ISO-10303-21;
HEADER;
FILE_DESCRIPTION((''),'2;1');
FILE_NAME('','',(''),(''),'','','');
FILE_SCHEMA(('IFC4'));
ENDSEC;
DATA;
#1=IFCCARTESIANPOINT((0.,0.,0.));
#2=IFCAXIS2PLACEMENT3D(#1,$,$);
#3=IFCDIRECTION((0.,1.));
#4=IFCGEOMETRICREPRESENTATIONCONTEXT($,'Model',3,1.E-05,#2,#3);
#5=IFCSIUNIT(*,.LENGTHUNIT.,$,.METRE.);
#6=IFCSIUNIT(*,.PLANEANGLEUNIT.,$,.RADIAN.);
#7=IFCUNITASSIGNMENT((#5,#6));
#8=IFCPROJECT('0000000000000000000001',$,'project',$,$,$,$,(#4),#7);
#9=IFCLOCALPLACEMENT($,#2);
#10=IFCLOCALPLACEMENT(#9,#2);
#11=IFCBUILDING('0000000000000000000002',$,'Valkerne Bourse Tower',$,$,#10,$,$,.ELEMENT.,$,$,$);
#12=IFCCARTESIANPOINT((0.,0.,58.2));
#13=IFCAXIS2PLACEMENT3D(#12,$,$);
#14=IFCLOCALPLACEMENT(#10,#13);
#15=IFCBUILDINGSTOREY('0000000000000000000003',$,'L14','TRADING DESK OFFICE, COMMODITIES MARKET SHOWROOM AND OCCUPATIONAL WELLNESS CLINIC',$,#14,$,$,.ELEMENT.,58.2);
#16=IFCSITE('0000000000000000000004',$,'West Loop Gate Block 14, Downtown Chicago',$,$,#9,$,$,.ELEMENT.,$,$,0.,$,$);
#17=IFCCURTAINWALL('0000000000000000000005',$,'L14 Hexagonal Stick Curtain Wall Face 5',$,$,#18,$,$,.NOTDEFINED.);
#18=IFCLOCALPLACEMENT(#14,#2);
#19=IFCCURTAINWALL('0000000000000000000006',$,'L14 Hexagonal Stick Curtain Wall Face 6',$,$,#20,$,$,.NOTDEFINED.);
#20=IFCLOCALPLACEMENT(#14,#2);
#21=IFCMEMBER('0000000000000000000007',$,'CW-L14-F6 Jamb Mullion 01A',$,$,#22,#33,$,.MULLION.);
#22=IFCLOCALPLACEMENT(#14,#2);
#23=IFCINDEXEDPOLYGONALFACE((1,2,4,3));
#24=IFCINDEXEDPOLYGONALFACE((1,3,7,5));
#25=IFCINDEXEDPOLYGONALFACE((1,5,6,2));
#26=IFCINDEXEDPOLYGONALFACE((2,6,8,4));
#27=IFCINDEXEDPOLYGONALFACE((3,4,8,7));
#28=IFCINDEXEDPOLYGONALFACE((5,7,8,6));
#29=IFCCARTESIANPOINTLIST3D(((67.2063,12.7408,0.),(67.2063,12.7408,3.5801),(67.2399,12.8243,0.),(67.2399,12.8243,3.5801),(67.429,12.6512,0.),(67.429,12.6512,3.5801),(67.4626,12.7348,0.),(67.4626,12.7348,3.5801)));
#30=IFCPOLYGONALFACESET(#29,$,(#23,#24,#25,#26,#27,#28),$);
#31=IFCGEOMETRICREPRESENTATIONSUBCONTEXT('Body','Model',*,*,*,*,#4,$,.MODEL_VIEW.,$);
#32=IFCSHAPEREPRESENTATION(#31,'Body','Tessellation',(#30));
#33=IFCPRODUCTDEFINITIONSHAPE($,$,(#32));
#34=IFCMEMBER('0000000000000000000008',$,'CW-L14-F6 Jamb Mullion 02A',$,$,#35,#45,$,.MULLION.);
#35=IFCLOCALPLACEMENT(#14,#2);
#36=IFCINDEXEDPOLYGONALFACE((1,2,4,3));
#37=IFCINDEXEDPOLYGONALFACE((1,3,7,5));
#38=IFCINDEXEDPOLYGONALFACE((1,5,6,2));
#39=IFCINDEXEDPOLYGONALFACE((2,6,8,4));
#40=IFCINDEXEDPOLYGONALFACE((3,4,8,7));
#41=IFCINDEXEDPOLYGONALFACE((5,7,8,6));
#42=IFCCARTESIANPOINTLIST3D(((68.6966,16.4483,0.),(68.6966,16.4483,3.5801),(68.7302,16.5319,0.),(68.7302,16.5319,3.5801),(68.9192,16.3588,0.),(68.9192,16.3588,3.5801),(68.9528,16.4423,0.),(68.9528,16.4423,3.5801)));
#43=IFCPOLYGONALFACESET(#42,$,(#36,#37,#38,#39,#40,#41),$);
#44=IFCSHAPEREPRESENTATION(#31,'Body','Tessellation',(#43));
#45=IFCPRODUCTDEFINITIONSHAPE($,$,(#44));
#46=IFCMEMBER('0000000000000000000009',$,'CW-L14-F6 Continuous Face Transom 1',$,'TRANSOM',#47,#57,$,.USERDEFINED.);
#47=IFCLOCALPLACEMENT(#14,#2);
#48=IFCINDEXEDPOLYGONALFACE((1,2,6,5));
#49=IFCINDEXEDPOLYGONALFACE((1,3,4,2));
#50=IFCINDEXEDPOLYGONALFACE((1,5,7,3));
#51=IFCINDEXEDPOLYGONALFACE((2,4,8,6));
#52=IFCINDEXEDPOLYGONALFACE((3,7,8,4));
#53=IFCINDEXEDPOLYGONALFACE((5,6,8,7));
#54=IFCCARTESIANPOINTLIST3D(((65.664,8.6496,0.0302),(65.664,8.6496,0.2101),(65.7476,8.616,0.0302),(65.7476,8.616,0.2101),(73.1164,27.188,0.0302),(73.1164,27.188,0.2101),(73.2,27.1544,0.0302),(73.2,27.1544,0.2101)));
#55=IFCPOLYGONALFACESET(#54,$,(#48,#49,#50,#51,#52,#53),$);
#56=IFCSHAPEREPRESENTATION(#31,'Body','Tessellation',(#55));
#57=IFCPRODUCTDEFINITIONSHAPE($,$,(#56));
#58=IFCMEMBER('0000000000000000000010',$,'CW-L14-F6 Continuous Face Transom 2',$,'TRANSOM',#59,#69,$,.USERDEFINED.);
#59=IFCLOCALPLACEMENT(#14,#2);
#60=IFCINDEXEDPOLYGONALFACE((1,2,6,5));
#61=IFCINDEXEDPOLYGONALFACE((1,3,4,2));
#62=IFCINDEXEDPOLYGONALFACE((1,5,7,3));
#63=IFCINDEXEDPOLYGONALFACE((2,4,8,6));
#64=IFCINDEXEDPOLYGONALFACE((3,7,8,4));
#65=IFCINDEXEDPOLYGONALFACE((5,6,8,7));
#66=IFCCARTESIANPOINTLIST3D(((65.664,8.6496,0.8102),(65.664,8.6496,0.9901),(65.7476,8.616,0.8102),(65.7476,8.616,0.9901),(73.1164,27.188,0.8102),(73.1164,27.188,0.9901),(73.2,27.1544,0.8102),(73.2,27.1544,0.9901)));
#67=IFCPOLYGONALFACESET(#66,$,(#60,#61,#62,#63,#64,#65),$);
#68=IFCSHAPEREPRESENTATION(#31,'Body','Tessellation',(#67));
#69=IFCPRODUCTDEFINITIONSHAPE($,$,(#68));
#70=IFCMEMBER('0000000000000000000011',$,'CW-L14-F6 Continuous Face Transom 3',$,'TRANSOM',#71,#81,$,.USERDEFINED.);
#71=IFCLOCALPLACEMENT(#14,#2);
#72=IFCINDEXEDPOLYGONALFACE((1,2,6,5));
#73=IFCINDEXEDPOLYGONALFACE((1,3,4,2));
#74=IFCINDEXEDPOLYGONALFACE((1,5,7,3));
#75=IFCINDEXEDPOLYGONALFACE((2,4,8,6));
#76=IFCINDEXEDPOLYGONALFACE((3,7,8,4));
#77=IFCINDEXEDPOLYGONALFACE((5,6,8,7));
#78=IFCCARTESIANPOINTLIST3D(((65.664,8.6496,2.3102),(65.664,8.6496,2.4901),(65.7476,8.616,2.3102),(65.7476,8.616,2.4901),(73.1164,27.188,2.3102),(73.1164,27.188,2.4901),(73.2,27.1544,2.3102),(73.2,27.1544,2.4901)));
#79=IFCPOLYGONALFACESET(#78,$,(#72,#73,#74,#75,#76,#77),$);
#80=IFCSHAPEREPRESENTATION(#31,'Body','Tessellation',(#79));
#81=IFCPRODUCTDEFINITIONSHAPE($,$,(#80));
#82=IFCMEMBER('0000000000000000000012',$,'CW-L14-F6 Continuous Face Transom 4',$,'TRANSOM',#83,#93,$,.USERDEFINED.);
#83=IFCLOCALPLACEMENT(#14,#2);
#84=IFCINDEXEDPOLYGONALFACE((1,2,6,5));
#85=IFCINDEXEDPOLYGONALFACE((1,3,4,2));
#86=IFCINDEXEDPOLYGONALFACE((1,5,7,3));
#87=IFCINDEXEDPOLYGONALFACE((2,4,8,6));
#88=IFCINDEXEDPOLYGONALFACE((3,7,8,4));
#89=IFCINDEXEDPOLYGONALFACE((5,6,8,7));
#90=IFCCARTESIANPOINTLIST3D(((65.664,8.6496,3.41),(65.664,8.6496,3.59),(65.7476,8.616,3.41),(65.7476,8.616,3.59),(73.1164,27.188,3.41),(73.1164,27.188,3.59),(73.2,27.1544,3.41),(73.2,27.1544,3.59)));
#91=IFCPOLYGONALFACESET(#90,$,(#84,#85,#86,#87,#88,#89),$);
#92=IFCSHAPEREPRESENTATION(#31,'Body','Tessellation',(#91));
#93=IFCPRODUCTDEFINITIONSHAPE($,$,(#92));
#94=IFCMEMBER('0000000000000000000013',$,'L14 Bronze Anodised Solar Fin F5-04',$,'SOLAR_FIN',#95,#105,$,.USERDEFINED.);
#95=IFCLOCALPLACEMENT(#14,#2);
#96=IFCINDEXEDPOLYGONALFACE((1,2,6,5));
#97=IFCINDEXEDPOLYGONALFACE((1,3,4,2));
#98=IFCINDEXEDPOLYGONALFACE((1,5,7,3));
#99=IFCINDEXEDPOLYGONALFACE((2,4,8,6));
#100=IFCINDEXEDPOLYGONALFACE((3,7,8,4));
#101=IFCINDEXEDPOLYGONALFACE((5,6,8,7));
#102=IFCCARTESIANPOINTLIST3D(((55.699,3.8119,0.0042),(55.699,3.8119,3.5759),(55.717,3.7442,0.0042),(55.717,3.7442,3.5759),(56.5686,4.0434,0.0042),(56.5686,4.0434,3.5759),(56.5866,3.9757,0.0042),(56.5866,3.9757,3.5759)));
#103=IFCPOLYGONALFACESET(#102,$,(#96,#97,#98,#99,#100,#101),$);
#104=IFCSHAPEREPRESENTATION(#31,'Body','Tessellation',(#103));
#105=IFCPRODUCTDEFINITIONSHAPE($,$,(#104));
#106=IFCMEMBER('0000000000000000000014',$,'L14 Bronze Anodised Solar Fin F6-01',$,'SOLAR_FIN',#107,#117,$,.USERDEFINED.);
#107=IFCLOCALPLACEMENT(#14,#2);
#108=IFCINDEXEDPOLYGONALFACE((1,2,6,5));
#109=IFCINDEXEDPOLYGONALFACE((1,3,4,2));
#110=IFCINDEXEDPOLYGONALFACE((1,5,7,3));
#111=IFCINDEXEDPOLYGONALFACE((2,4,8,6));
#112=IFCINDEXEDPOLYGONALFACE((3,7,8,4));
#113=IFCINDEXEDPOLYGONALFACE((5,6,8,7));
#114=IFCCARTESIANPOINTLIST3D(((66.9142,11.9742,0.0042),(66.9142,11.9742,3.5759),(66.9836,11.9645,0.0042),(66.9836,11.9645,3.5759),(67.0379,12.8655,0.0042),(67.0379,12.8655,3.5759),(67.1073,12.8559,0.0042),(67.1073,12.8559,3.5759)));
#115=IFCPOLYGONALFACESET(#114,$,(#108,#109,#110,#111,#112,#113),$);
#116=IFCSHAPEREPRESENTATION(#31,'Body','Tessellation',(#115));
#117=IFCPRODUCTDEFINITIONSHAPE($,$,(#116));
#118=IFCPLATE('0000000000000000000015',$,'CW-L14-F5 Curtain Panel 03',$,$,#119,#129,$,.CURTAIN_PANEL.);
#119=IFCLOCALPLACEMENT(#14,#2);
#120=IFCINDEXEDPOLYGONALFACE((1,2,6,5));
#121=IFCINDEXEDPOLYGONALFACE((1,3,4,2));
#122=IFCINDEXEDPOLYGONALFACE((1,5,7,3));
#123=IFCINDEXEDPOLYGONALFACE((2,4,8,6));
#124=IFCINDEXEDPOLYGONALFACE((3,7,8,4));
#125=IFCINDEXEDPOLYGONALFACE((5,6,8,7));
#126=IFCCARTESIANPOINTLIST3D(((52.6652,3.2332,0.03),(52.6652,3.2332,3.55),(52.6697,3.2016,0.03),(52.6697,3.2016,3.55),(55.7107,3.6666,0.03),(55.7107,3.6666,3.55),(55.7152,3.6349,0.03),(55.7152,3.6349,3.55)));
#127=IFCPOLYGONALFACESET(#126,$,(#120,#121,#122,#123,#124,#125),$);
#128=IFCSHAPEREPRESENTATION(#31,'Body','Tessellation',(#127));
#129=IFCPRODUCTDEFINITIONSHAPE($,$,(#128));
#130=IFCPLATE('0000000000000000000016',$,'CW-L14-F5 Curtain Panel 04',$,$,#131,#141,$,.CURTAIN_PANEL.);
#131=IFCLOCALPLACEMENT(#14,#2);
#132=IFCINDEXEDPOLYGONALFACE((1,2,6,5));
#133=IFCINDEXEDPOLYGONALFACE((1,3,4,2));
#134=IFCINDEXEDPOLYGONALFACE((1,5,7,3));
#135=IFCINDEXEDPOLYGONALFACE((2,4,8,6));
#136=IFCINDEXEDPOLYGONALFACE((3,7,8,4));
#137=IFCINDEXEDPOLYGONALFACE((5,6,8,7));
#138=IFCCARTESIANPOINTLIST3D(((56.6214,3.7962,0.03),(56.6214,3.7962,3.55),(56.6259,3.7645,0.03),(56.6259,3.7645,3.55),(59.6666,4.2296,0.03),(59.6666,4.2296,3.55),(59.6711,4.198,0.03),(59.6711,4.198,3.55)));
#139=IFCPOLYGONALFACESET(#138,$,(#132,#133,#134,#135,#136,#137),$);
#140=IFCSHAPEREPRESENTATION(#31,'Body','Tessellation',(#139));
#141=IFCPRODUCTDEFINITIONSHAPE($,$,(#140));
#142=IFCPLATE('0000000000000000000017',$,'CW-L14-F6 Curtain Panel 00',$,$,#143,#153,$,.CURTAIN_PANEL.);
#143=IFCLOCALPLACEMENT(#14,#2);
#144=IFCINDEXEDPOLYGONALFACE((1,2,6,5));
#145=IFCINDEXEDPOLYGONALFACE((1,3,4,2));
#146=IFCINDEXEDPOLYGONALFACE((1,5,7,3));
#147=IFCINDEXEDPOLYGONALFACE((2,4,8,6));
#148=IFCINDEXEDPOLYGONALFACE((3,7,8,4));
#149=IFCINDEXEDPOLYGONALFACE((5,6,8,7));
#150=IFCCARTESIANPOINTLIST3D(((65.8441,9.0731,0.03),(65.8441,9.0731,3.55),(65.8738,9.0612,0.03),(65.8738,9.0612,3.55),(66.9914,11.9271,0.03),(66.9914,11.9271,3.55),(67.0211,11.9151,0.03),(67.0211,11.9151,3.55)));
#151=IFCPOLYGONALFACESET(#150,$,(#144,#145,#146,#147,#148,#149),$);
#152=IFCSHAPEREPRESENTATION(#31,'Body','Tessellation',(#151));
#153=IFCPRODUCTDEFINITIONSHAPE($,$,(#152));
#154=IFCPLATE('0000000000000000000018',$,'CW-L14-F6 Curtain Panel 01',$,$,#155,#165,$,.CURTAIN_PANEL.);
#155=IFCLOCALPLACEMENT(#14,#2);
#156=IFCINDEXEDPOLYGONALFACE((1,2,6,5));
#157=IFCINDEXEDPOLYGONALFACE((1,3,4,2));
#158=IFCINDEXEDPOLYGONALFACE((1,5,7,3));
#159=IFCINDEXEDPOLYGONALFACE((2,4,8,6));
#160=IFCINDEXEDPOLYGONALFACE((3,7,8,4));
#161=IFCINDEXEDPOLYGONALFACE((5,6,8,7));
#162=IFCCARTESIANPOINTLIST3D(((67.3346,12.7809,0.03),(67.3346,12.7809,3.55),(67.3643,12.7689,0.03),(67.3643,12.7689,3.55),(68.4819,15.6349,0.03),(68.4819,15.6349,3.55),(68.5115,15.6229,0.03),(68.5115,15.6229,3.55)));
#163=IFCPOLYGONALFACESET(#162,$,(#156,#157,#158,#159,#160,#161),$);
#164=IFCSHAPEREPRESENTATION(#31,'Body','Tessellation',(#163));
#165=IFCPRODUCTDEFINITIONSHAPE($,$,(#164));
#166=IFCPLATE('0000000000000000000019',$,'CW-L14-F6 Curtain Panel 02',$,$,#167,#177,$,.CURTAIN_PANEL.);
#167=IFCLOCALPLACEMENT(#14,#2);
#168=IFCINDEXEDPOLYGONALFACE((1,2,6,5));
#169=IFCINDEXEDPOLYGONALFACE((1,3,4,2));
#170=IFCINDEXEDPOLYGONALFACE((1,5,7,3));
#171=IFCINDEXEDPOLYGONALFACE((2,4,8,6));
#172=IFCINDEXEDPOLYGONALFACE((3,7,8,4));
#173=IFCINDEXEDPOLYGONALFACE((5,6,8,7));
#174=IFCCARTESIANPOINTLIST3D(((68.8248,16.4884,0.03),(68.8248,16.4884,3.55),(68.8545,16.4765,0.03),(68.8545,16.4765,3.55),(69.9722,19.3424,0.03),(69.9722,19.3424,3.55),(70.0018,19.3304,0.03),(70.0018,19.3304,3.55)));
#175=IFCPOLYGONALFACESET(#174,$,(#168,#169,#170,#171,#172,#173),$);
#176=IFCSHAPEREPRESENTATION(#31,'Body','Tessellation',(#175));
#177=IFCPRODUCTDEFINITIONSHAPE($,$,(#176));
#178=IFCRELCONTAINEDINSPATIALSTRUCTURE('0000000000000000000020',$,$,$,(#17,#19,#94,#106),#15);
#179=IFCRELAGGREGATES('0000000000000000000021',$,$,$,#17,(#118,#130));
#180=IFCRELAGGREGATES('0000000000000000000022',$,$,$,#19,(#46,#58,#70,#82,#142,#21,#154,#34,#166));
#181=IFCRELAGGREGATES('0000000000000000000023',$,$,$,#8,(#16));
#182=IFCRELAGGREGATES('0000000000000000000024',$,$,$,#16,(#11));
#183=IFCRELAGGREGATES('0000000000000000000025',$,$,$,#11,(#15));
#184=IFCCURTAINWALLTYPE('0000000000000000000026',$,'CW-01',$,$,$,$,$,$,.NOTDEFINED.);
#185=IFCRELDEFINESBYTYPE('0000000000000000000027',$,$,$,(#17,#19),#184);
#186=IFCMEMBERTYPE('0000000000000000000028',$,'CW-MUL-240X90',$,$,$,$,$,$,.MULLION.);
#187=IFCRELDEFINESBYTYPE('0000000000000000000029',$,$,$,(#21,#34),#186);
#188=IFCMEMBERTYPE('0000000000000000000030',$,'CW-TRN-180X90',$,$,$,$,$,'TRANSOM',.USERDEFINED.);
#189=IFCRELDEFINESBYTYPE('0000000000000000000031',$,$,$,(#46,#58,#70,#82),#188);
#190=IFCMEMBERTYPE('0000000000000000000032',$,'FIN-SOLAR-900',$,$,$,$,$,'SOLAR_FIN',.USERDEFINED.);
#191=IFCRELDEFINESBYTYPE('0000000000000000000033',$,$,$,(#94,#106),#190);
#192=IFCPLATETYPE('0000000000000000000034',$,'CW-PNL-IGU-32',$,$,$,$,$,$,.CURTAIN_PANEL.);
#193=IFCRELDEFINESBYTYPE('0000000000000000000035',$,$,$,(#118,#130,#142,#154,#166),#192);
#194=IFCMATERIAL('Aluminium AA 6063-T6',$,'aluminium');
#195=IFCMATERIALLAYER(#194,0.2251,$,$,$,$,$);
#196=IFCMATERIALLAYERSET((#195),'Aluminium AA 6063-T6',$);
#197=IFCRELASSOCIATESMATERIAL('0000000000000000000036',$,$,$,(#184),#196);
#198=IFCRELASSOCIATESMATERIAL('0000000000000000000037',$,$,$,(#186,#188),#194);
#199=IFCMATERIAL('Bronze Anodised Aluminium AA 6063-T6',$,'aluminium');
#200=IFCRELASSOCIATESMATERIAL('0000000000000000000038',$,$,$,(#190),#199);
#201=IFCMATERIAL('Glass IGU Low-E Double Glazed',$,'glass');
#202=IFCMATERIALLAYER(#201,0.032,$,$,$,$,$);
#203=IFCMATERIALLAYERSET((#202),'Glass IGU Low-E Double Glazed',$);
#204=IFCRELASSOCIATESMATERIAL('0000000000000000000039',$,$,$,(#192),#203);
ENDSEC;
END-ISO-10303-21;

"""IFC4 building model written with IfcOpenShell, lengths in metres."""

from ifc_helpers import new_model, si_unit, direction, frame, origin, origin_2d, place, context, subcontext, project, spatial, rectangle, extrude, material, layer, layer_set, material_profile, profile_set, type_object, element, aggregate, save


model = new_model("IFC4")

# Units and contexts
model_context = context("Model", 3, precision=1e-05, world=origin(), true_north=direction((0.0, 1.0)))
body_context = subcontext(model_context, "Body", "Model", "MODEL_VIEW")
ifc_project = project(units=[si_unit("LENGTHUNIT", "METRE"), si_unit("PLANEANGLEUNIT", "RADIAN")], contexts=[model_context])

# Site, building, storey
site_placement = place(None, origin())
site = spatial("IfcSite", under=ifc_project, at=site_placement, Name="West Loop Gate Block 14, Downtown Chicago", CompositionType="ELEMENT", RefElevation=0.0)
building_placement = place(site_placement, origin())
building = spatial("IfcBuilding", under=site, at=building_placement, Name="Valkerne Bourse Tower", CompositionType="ELEMENT")
storey_placement = place(building_placement, frame((0.0, 0.0, 58.2)))
storey = spatial("IfcBuildingStorey", under=building, at=storey_placement, Name="L14", Description="TRADING DESK OFFICE, COMMODITIES MARKET SHOWROOM AND OCCUPATIONAL WELLNESS CLINIC", CompositionType="ELEMENT", Elevation=58.2)

# Curtain walls, members
ifc_material_1 = material(Name="Aluminium AA 6063-T6", Category="aluminium")
ifc_layer_1 = layer(ifc_material_1, 0.2251)
ifc_layer_set_1 = layer_set([ifc_layer_1], Name="Aluminium AA 6063-T6")
curtain_wall_type = type_object("IfcCurtainWallType", Name="CW-01", PredefinedType="NOTDEFINED", material=ifc_layer_set_1)
curtain_wall_1_placement = place(storey_placement, origin())
curtain_wall_1 = element("IfcCurtainWall", 1, at=curtain_wall_1_placement, inside=storey, type_object=curtain_wall_type, Name="L14 Hexagonal Stick Curtain Wall Face 5", PredefinedType="NOTDEFINED")
ifc_material_profile_1 = material_profile(ifc_material_1, rectangle(XDim=0.0901, YDim=0.24, at=origin_2d()), Name="CWM-90X240")
ifc_profile_set_1 = profile_set([ifc_material_profile_1], Name="Aluminium AA 6063-T6")
member_type_1 = type_object("IfcMemberType", Name="CW-MUL-240X90", PredefinedType="MULLION", material=ifc_profile_set_1)
curtain_wall_2_placement = place(storey_placement, origin())
curtain_wall_2 = element("IfcCurtainWall", 2, at=curtain_wall_2_placement, inside=storey, type_object=curtain_wall_type, Name="L14 Hexagonal Stick Curtain Wall Face 6", PredefinedType="NOTDEFINED")
member_1_placement = place(storey_placement, frame((67.3345, 12.7378, 0.0), z_axis=(0.0, 0.0, 1.0), x_axis=(0.372969, 0.927844, 0.0)))
member_1 = element("IfcMember", 3, at=member_1_placement, type_object=member_type_1, Name="CW-L14-F6 Jamb Mullion 01A", PredefinedType="MULLION", context=body_context, shape_type="SweptSolid", body=[
    extrude(rectangle(XDim=0.0901, YDim=0.24, at=origin_2d()), origin(), (0.0, 0.0, 1.0), 3.5801),
])
member_2_placement = place(storey_placement, frame((68.8247, 16.4453, 0.0), z_axis=(0.0, 0.0, 1.0), x_axis=(0.372999, 0.927832, 0.0)))
member_2 = element("IfcMember", 4, at=member_2_placement, type_object=member_type_1, Name="CW-L14-F6 Jamb Mullion 02A", PredefinedType="MULLION", context=body_context, shape_type="SweptSolid", body=[
    extrude(rectangle(XDim=0.0901, YDim=0.24, at=origin_2d()), origin(), (0.0, 0.0, 1.0), 3.5801),
])
ifc_material_profile_2 = material_profile(ifc_material_1, rectangle(XDim=0.0901, YDim=0.1799, at=origin_2d()), Name="CWT-90X180")
ifc_profile_set_2 = profile_set([ifc_material_profile_2], Name="Aluminium AA 6063-T6")
member_type_2 = type_object("IfcMemberType", Name="CW-TRN-180X90", ElementType="TRANSOM", PredefinedType="USERDEFINED", material=ifc_profile_set_2)
member_3_placement = place(storey_placement, frame((65.7058, 8.6328, 0.1201), z_axis=(0.372989, 0.927836, 0.0), x_axis=(-0.927836, 0.372989, 0.0)))
member_3 = element("IfcMember", 5, at=member_3_placement, type_object=member_type_2, Name="CW-L14-F6 Continuous Face Transom 1", ObjectType="TRANSOM", PredefinedType="USERDEFINED", context=body_context, shape_type="SweptSolid", body=[
    extrude(rectangle(XDim=0.0901, YDim=0.1799, at=origin_2d()), origin(), (0.0, 0.0, 1.0), 19.9802),
])
member_4_placement = place(storey_placement, frame((65.7058, 8.6328, 0.9001), z_axis=(0.372989, 0.927836, 0.0), x_axis=(-0.927836, 0.372989, 0.0)))
member_4 = element("IfcMember", 6, at=member_4_placement, type_object=member_type_2, Name="CW-L14-F6 Continuous Face Transom 2", ObjectType="TRANSOM", PredefinedType="USERDEFINED", context=body_context, shape_type="SweptSolid", body=[
    extrude(rectangle(XDim=0.0901, YDim=0.1799, at=origin_2d()), origin(), (0.0, 0.0, 1.0), 19.9802),
])
member_5_placement = place(storey_placement, frame((65.7058, 8.6328, 2.4001), z_axis=(0.372989, 0.927836, 0.0), x_axis=(-0.927836, 0.372989, 0.0)))
member_5 = element("IfcMember", 7, at=member_5_placement, type_object=member_type_2, Name="CW-L14-F6 Continuous Face Transom 3", ObjectType="TRANSOM", PredefinedType="USERDEFINED", context=body_context, shape_type="SweptSolid", body=[
    extrude(rectangle(XDim=0.0901, YDim=0.1799, at=origin_2d()), origin(), (0.0, 0.0, 1.0), 19.9802),
])
member_6_placement = place(storey_placement, frame((65.7058, 8.6328, 3.5), z_axis=(0.372989, 0.927836, 0.0), x_axis=(-0.927836, 0.372989, 0.0)))
member_6 = element("IfcMember", 8, at=member_6_placement, type_object=member_type_2, Name="CW-L14-F6 Continuous Face Transom 4", ObjectType="TRANSOM", PredefinedType="USERDEFINED", context=body_context, shape_type="SweptSolid", body=[
    extrude(rectangle(XDim=0.0901, YDim=0.1799, at=origin_2d()), origin(), (0.0, 0.0, 1.0), 19.9802),
])

# Members
ifc_material_2 = material(Name="Bronze Anodised Aluminium AA 6063-T6", Category="aluminium")
ifc_material_profile_3 = material_profile(ifc_material_2, rectangle(XDim=0.0701, YDim=0.8999, at=origin_2d()), Name="FIN-70X900")
ifc_profile_set_3 = profile_set([ifc_material_profile_3], Name="Bronze Anodised Aluminium AA 6063-T6")
member_type_3 = type_object("IfcMemberType", Name="FIN-SOLAR-900", ElementType="SOLAR_FIN", PredefinedType="USERDEFINED", material=ifc_profile_set_3)
for number, where, z_axis, x_axis, name in (
    (9, (56.1428, 3.8938, 0.0042), (0.0, 0.0, 1.0), (0.257298, -0.966332, 0.0), "L14 Bronze Anodised Solar Fin F5-04"),
    (10, (67.0107, 12.415, 0.0042), (0.0, 0.0, 1.0), (0.990508, -0.137455, 0.0), "L14 Bronze Anodised Solar Fin F6-01"),
):
    element("IfcMember", number, at=place(storey_placement, frame(where, z_axis=z_axis, x_axis=x_axis)), inside=storey, type_object=member_type_3, Name=name, ObjectType="SOLAR_FIN", PredefinedType="USERDEFINED", context=body_context, shape_type="SweptSolid", body=[
        extrude(rectangle(XDim=0.0701, YDim=0.8999, at=origin_2d()), origin(), (0.0, 0.0, 1.0), 3.5718),
    ])

# Plates
ifc_material_3 = material(Name="Glass IGU Low-E Double Glazed", Category="glass")
ifc_layer_2 = layer(ifc_material_3, 0.032)
ifc_layer_set_2 = layer_set([ifc_layer_2], Name="Glass IGU Low-E Double Glazed")
plate_type = type_object("IfcPlateType", Name="CW-PNL-IGU-32", PredefinedType="CURTAIN_PANEL", material=ifc_layer_set_2)
plate_1_placement = place(storey_placement, frame((54.1902, 3.4341, 0.03), z_axis=(0.0, 0.0, 1.0), x_axis=(0.990025, 0.140889, 0.0)))
plate_1 = element("IfcPlate", 11, at=plate_1_placement, type_object=plate_type, Name="CW-L14-F5 Curtain Panel 03", PredefinedType="CURTAIN_PANEL", context=body_context, shape_type="SweptSolid", body=[
    extrude(rectangle(XDim=3.0762, YDim=0.032, at=origin_2d()), origin(), (0.0, 0.0, 1.0), 3.52),
])
plate_2_placement = place(storey_placement, frame((58.1462, 3.9971, 0.03), z_axis=(0.0, 0.0, 1.0), x_axis=(0.990021, 0.140917, 0.0)))
plate_2 = element("IfcPlate", 12, at=plate_2_placement, type_object=plate_type, Name="CW-L14-F5 Curtain Panel 04", PredefinedType="CURTAIN_PANEL", context=body_context, shape_type="SweptSolid", body=[
    extrude(rectangle(XDim=3.0759, YDim=0.032, at=origin_2d()), origin(), (0.0, 0.0, 1.0), 3.52),
])
aggregate(curtain_wall_1, [plate_1, plate_2])
plate_3_placement = place(storey_placement, frame((66.4326, 10.4941, 0.03), z_axis=(0.0, 0.0, 1.0), x_axis=(0.372999, 0.927832, 0.0)))
plate_3 = element("IfcPlate", 13, at=plate_3_placement, type_object=plate_type, Name="CW-L14-F6 Curtain Panel 00", PredefinedType="CURTAIN_PANEL", context=body_context, shape_type="SweptSolid", body=[
    extrude(rectangle(XDim=3.0759, YDim=0.032, at=origin_2d()), origin(), (0.0, 0.0, 1.0), 3.52),
])
plate_4_placement = place(storey_placement, frame((67.9231, 14.2019, 0.03), z_axis=(0.0, 0.0, 1.0), x_axis=(0.372969, 0.927844, 0.0)))
plate_4 = element("IfcPlate", 14, at=plate_4_placement, type_object=plate_type, Name="CW-L14-F6 Curtain Panel 01", PredefinedType="CURTAIN_PANEL", context=body_context, shape_type="SweptSolid", body=[
    extrude(rectangle(XDim=3.0759, YDim=0.032, at=origin_2d()), origin(), (0.0, 0.0, 1.0), 3.52),
])
plate_5_placement = place(storey_placement, frame((69.4133, 17.9094, 0.03), z_axis=(0.0, 0.0, 1.0), x_axis=(0.372999, 0.927832, 0.0)))
plate_5 = element("IfcPlate", 15, at=plate_5_placement, type_object=plate_type, Name="CW-L14-F6 Curtain Panel 02", PredefinedType="CURTAIN_PANEL", context=body_context, shape_type="SweptSolid", body=[
    extrude(rectangle(XDim=3.0759, YDim=0.032, at=origin_2d()), origin(), (0.0, 0.0, 1.0), 3.52),
])
aggregate(curtain_wall_2, [member_3, member_4, member_5, member_6, plate_3, member_1, plate_4, member_2, plate_5])

save(model, "model.ifc")
